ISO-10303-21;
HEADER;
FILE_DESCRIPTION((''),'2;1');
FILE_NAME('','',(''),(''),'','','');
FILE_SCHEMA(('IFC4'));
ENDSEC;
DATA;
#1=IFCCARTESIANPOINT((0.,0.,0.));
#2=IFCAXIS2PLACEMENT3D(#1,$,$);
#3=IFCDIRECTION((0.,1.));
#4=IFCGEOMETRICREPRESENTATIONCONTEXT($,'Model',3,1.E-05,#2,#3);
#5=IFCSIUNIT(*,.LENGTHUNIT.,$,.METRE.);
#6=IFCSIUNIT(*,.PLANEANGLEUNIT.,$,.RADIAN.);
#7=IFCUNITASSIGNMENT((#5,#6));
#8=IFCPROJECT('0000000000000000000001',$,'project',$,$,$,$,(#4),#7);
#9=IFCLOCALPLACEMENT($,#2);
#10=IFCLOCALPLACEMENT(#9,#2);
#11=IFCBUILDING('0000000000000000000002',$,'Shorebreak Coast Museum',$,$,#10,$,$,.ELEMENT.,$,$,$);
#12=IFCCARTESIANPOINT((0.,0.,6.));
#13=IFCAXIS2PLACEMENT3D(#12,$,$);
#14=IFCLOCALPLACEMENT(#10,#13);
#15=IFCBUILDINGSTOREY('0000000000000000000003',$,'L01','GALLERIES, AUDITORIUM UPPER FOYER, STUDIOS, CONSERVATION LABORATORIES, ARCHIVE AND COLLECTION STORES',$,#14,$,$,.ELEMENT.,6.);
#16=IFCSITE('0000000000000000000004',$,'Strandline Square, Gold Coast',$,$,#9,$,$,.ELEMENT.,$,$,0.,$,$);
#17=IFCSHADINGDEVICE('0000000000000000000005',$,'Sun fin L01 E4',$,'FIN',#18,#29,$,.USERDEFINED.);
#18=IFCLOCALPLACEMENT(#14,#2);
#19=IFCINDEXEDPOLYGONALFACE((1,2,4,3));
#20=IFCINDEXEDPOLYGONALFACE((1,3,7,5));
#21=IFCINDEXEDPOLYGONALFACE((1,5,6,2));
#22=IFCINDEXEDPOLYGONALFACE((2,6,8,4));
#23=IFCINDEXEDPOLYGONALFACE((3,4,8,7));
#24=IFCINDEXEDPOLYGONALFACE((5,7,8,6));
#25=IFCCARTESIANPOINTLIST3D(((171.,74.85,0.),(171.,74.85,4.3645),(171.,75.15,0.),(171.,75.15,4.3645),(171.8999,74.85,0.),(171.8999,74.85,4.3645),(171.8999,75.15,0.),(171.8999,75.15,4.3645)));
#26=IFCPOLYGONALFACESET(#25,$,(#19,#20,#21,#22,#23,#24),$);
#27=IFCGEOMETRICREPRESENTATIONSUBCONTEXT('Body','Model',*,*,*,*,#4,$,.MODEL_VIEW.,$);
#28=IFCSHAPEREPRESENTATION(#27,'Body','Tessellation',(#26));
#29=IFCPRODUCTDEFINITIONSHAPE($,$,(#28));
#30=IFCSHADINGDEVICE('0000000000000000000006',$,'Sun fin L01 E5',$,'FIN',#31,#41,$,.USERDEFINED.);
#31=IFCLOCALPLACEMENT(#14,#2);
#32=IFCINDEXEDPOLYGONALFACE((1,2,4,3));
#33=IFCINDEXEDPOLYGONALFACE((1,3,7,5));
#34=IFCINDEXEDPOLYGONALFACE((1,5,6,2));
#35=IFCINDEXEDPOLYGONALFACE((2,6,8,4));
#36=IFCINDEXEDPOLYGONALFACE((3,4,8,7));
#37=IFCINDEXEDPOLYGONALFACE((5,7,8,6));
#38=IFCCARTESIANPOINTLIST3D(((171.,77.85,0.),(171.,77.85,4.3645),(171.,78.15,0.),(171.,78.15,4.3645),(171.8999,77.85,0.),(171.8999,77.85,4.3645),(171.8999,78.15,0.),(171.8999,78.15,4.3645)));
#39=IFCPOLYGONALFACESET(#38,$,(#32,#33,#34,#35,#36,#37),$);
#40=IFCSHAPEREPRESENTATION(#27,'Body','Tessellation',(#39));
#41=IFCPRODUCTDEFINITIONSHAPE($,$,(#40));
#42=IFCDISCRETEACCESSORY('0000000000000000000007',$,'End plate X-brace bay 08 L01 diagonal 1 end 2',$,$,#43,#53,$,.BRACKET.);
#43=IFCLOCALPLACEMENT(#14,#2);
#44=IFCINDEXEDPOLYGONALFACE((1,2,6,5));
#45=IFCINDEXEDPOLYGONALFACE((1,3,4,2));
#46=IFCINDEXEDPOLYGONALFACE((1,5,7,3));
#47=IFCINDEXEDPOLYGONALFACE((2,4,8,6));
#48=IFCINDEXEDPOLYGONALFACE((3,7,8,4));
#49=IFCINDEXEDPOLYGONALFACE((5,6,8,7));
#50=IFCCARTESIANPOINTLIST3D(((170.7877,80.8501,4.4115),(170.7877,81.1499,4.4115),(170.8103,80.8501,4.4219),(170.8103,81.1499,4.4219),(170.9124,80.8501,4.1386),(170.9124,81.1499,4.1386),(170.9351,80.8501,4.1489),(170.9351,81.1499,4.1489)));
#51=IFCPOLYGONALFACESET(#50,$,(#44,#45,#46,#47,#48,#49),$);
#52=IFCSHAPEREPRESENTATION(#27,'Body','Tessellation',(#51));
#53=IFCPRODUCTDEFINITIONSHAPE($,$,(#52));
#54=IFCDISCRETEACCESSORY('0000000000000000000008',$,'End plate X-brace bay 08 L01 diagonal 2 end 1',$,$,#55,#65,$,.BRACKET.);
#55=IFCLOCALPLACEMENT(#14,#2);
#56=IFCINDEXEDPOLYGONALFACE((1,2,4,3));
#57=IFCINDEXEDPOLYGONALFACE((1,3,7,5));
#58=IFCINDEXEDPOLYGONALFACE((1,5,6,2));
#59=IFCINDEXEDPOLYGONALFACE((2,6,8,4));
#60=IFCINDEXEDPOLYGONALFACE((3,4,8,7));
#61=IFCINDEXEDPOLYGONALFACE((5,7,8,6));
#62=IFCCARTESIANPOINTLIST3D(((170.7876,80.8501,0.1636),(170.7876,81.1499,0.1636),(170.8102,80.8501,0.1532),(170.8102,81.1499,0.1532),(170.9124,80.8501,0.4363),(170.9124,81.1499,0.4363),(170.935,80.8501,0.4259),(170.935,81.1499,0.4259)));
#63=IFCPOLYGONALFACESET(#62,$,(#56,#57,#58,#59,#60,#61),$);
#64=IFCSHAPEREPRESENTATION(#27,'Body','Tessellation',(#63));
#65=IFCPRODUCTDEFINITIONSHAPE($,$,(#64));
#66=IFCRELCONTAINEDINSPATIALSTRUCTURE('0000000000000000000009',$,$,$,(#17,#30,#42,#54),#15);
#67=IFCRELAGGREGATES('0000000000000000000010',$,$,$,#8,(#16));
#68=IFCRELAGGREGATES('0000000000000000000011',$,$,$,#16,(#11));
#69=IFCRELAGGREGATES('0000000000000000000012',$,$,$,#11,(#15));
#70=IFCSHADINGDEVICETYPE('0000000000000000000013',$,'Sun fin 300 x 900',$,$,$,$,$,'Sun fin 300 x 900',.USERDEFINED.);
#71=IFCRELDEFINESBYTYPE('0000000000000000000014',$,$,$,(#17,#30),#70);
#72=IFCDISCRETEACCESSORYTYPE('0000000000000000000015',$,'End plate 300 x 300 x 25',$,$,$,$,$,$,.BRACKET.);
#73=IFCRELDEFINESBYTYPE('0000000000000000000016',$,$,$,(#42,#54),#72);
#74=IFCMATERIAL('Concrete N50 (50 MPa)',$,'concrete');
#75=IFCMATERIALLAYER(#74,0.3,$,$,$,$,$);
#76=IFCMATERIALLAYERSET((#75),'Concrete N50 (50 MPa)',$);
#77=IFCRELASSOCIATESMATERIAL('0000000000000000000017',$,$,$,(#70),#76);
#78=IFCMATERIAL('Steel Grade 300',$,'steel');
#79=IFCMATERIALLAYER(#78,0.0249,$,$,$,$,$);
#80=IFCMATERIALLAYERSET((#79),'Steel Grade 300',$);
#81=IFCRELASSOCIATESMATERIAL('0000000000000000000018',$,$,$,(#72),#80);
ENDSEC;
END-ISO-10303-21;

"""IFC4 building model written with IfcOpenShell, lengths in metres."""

from ifc_helpers import new_model, si_unit, direction, frame, origin, origin_2d, place, context, subcontext, project, spatial, polyline, rectangle, outline, extrude, material, layer, layer_set, type_object, element, save


model = new_model("IFC4")

# Units and contexts
model_context = context("Model", 3, precision=1e-05, world=origin(), true_north=direction((0.0, 1.0)))
body_context = subcontext(model_context, "Body", "Model", "MODEL_VIEW")
ifc_project = project(units=[si_unit("LENGTHUNIT", "METRE"), si_unit("PLANEANGLEUNIT", "RADIAN")], contexts=[model_context])

# Site, building, storey
site_placement = place(None, origin())
site = spatial("IfcSite", under=ifc_project, at=site_placement, Name="Strandline Square, Gold Coast", CompositionType="ELEMENT", RefElevation=0.0)
building_placement = place(site_placement, origin())
building = spatial("IfcBuilding", under=site, at=building_placement, Name="Shorebreak Coast Museum", CompositionType="ELEMENT")
storey_placement = place(building_placement, frame((0.0, 0.0, 6.0)))
storey = spatial("IfcBuildingStorey", under=building, at=storey_placement, Name="L01", Description="GALLERIES, AUDITORIUM UPPER FOYER, STUDIOS, CONSERVATION LABORATORIES, ARCHIVE AND COLLECTION STORES", CompositionType="ELEMENT", Elevation=6.0)

# Shading devices
ifc_material_1 = material(Name="Concrete N50 (50 MPa)", Category="concrete")
ifc_layer_1 = layer(ifc_material_1, 0.3)
ifc_layer_set_1 = layer_set([ifc_layer_1], Name="Concrete N50 (50 MPa)")
shading_device_type = type_object("IfcShadingDeviceType", Name="Sun fin 300 x 900", ElementType="Sun fin 300 x 900", PredefinedType="USERDEFINED", material=ifc_layer_set_1)
for number, where, z_axis, x_axis, name in (
    (1, (171.45, 75.0, 0.0), (0.0, 0.0, 1.0), (1.0, 0.0, 0.0), "Sun fin L01 E4"),
    (2, (171.45, 78.0, 0.0), (0.0, 0.0, 1.0), (1.0, 0.0, 0.0), "Sun fin L01 E5"),
):
    element("IfcShadingDevice", number, at=place(storey_placement, frame(where, z_axis=z_axis, x_axis=x_axis)), inside=storey, type_object=shading_device_type, Name=name, ObjectType="FIN", PredefinedType="USERDEFINED", context=body_context, shape_type="SweptSolid", body=[
        extrude(rectangle(XDim=0.8999, YDim=0.3, at=origin_2d()), origin(), (0.0, 0.0, 1.0), 4.3645),
    ])

# Discrete accessories
ifc_material_2 = material(Name="Steel Grade 300", Category="steel")
ifc_layer_2 = layer(ifc_material_2, 0.0249)
ifc_layer_set_2 = layer_set([ifc_layer_2], Name="Steel Grade 300")
discrete_accessory_type = type_object("IfcDiscreteAccessoryType", Name="End plate 300 x 300 x 25", PredefinedType="BRACKET", material=ifc_layer_set_2)
discrete_accessory_1_placement = place(storey_placement, frame((170.9351, 80.8501, 4.1489), z_axis=(0.909501, 0.0, 0.415702), x_axis=(0.0, 1.0, 0.0)))
element("IfcDiscreteAccessory", 3, at=discrete_accessory_1_placement, inside=storey, type_object=discrete_accessory_type, Name="End plate X-brace bay 08 L01 diagonal 1 end 2", PredefinedType="BRACKET", context=body_context, shape_type="SweptSolid", body=[
    extrude(outline(polyline([(0.0, 0.0), (0.2998, 0.0), (0.2998, 0.3001), (0.0, 0.3001), (0.0, 0.0)])), origin(), (0.0, 0.0, -1.0), 0.0249),
])
discrete_accessory_2_placement = place(storey_placement, frame((170.7876, 81.1499, 0.1636), z_axis=(-0.90936, 0.0, 0.41601), x_axis=(0.0, -1.0, 0.0)))
element("IfcDiscreteAccessory", 4, at=discrete_accessory_2_placement, inside=storey, type_object=discrete_accessory_type, Name="End plate X-brace bay 08 L01 diagonal 2 end 1", PredefinedType="BRACKET", context=body_context, shape_type="SweptSolid", body=[
    extrude(outline(polyline([(0.0, 0.0), (0.2998, 0.0), (0.2998, 0.2999), (0.0, 0.2999), (0.0, 0.0)])), origin(), (0.0, 0.0, -1.0), 0.0249),
])

save(model, "model.ifc")
